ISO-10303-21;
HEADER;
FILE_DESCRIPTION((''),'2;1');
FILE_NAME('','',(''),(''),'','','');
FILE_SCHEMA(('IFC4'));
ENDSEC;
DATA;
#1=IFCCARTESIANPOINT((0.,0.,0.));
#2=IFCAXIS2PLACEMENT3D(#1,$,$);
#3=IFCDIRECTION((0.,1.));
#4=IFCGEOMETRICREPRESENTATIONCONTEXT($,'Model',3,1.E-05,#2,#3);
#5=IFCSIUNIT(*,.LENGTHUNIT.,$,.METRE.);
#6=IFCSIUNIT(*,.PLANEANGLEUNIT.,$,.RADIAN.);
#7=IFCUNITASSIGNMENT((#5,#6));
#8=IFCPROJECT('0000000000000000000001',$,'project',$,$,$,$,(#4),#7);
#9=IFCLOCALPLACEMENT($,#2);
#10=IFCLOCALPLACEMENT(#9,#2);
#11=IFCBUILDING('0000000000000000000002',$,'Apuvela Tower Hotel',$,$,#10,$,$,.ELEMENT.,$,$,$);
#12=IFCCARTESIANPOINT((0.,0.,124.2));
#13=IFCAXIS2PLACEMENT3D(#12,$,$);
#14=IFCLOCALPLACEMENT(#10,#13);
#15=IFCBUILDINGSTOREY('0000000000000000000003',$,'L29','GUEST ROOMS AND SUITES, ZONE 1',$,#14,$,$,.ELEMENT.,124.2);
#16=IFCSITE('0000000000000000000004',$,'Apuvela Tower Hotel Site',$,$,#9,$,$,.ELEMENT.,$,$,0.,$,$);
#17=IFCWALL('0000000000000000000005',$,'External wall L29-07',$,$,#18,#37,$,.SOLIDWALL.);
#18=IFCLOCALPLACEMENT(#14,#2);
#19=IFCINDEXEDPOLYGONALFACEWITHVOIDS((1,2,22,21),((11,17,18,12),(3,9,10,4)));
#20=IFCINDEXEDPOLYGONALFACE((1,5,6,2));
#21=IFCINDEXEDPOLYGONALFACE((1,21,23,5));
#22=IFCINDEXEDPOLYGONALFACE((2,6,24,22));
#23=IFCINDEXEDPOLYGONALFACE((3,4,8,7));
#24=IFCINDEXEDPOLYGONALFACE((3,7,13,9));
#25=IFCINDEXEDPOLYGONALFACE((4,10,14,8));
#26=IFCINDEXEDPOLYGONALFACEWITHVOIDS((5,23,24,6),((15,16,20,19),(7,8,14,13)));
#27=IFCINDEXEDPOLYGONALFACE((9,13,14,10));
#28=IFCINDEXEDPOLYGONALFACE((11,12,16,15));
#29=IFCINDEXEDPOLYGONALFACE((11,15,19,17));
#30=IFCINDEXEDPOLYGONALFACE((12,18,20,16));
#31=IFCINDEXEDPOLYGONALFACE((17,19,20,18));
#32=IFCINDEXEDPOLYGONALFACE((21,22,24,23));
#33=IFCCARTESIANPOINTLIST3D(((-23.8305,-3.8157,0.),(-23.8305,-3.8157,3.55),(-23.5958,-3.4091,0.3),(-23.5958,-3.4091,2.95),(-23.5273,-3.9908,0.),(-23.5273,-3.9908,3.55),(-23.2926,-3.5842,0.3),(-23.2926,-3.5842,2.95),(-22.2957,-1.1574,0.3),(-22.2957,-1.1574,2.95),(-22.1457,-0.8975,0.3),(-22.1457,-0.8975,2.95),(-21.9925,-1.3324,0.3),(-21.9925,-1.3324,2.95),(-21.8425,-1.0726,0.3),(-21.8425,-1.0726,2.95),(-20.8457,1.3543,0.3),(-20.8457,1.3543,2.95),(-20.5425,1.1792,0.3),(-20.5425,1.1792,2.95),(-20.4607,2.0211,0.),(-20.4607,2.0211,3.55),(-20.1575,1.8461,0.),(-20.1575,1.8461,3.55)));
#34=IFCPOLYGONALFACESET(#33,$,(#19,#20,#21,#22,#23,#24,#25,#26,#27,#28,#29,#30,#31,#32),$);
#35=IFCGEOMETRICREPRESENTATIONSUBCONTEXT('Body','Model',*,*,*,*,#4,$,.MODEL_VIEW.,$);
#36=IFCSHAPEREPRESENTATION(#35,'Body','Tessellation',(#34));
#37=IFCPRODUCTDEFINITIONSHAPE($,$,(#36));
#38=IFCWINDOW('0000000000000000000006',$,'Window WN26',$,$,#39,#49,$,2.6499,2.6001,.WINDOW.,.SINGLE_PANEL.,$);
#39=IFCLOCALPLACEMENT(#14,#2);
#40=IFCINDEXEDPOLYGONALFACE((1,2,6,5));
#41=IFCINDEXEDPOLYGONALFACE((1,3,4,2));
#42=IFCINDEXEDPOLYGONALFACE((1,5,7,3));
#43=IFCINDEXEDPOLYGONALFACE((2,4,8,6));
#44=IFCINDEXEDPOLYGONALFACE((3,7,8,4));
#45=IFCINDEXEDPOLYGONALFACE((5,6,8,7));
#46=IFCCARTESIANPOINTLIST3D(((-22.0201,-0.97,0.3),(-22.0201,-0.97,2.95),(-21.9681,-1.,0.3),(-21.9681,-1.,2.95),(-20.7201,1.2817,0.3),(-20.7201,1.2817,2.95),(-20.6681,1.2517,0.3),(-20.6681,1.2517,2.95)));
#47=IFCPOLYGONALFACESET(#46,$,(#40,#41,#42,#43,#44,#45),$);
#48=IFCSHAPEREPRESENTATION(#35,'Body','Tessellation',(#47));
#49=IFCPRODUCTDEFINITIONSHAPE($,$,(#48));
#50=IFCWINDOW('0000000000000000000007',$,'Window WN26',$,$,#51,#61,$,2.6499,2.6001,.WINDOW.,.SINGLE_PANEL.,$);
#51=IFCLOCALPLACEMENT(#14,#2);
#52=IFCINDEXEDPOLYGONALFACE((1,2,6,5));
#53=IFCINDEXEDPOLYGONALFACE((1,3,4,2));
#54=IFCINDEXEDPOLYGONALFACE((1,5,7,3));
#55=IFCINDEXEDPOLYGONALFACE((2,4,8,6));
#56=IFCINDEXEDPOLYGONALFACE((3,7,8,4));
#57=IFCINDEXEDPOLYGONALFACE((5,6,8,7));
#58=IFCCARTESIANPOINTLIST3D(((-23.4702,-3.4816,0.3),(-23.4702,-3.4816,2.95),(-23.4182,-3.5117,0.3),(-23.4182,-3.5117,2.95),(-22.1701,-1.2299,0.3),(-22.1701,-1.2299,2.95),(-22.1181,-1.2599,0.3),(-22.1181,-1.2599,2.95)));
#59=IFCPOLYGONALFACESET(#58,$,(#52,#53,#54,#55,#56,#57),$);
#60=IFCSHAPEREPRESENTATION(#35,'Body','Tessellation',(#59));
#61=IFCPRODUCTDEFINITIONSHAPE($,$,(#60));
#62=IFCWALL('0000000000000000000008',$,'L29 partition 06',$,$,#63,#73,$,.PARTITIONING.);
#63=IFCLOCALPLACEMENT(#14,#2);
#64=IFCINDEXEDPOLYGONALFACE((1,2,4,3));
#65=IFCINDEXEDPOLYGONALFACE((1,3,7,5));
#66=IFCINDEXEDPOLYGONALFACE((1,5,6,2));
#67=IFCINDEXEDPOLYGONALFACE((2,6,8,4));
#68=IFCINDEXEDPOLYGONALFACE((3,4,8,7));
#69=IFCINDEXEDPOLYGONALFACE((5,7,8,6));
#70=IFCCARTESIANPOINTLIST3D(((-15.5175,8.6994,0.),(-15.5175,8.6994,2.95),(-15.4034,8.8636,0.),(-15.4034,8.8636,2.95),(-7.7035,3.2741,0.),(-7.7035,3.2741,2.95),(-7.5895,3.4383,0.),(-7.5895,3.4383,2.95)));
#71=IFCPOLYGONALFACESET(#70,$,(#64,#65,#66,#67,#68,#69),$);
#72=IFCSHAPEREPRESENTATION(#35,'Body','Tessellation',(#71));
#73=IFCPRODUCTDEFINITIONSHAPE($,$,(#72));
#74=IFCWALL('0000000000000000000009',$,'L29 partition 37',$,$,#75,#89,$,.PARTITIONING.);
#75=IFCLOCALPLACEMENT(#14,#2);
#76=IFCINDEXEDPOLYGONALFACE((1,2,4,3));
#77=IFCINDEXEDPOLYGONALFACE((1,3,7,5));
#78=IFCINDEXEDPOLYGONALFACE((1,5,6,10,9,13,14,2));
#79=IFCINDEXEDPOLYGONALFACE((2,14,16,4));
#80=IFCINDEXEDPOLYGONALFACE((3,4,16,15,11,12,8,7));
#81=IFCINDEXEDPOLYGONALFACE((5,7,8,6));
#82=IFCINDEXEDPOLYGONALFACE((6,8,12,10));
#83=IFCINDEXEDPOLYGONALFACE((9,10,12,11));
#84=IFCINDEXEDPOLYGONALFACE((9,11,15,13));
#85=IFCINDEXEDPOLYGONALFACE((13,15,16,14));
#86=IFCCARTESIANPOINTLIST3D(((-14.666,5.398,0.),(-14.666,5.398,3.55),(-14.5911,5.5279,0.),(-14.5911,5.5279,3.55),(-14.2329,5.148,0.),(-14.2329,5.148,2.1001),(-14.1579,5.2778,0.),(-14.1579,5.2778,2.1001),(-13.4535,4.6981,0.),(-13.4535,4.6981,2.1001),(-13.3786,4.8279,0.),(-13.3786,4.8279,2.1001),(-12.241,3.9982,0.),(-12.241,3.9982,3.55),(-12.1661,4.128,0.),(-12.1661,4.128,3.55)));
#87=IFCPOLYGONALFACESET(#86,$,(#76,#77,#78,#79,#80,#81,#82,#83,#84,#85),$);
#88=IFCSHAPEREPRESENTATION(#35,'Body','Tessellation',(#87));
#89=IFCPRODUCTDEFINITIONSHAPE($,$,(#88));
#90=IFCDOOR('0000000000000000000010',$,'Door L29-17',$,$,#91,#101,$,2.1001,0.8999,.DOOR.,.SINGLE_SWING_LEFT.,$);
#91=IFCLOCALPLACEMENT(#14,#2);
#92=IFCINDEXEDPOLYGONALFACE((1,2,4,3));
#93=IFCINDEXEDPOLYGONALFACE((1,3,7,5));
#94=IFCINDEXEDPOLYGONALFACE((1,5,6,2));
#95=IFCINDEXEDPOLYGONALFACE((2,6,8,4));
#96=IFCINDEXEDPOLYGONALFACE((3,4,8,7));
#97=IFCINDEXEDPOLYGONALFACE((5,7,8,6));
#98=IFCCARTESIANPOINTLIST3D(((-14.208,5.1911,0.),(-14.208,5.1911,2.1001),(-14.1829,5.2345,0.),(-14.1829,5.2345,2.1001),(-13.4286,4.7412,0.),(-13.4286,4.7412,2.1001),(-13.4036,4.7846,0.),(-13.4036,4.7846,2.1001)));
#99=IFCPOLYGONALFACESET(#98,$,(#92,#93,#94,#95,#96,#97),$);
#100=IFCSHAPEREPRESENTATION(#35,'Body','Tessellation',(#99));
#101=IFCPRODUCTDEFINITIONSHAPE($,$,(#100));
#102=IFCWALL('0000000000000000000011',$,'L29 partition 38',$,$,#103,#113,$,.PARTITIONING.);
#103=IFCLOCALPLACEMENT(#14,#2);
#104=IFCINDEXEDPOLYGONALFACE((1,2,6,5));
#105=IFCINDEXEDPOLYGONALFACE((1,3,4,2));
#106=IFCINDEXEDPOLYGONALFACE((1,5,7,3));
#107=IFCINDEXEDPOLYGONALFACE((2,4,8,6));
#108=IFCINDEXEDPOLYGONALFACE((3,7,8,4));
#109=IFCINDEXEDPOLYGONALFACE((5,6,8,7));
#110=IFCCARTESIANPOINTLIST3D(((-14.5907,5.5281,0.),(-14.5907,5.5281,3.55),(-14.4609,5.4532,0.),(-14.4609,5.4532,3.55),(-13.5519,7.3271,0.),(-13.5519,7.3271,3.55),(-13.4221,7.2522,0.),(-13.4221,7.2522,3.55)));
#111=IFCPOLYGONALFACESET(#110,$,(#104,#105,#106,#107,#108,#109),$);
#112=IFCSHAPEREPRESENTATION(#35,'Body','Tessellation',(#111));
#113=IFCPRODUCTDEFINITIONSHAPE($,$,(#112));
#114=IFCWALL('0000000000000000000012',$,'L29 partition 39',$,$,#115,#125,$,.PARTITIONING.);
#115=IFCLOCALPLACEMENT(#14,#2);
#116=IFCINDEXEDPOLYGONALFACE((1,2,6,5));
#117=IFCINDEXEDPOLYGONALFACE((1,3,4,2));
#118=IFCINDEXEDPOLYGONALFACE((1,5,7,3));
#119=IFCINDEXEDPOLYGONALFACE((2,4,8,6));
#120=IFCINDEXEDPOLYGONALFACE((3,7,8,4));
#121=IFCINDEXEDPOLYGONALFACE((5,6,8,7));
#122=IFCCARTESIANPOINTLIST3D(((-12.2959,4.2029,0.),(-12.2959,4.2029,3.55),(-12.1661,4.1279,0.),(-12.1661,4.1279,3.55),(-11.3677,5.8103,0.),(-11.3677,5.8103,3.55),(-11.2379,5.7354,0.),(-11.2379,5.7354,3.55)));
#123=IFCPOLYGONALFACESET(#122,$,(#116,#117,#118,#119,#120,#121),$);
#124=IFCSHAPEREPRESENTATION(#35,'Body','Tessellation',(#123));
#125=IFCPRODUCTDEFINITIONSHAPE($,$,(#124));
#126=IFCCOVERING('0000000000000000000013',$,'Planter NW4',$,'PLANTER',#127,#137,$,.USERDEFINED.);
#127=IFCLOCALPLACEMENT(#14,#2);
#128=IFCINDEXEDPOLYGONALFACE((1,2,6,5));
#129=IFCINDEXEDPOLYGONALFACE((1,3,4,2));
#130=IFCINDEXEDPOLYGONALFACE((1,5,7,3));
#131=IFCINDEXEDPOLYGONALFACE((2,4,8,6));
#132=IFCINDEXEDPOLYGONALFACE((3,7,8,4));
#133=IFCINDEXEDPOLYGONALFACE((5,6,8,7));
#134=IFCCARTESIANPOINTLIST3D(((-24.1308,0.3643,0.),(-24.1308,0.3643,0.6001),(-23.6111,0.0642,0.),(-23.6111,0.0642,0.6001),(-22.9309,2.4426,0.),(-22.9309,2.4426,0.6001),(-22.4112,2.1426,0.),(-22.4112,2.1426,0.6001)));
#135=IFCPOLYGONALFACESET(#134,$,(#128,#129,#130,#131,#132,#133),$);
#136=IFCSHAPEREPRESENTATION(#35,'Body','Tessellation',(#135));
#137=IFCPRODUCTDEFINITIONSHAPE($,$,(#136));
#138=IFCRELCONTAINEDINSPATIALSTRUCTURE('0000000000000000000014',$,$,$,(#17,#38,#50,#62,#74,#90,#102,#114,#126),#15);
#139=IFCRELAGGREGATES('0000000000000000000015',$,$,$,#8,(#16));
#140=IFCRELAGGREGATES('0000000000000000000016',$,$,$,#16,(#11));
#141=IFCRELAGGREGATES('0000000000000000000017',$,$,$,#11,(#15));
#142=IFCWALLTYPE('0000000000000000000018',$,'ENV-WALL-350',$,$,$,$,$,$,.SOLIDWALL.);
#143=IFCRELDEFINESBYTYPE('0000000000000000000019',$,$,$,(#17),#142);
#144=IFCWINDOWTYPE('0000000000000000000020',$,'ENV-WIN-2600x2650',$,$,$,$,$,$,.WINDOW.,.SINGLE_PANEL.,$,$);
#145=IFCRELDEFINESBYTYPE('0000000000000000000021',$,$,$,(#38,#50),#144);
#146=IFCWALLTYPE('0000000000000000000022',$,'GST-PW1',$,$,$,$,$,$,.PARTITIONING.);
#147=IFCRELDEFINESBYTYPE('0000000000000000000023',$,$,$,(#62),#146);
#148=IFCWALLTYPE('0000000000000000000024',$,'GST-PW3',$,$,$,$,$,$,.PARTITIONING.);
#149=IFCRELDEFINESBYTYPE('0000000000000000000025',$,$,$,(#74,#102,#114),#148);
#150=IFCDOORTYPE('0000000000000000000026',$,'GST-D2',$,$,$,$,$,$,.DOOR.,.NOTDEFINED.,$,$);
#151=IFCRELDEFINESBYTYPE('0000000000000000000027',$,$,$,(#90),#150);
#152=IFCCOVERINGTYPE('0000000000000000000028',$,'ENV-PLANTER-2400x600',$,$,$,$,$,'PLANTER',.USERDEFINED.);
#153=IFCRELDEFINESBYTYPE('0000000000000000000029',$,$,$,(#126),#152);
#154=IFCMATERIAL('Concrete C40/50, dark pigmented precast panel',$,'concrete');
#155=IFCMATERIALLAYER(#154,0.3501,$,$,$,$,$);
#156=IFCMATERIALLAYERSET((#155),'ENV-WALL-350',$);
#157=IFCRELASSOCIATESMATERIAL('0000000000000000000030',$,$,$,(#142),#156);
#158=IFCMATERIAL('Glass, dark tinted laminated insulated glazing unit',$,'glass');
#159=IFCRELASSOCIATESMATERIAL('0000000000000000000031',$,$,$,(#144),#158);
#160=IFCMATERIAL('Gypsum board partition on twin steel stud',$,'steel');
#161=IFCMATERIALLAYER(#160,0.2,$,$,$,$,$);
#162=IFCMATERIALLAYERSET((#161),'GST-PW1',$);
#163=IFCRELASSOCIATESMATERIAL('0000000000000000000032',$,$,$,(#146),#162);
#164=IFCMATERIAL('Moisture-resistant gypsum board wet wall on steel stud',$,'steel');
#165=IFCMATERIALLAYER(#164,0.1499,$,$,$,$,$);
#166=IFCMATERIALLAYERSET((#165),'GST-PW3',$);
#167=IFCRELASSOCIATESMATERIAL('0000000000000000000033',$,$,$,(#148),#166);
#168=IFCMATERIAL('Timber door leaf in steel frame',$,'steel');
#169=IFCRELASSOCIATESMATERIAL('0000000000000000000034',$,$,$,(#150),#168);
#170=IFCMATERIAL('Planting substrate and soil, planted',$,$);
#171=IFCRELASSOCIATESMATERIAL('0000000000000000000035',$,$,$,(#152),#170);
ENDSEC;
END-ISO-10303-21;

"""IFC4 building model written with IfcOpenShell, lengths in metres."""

from ifc_helpers import new_model, si_unit, direction, frame, frame_2d, origin, origin_2d, place, context, subcontext, project, spatial, rectangle, extrude, material, layer, layer_set, type_object, element, fill, save


model = new_model("IFC4")

# Units and contexts
model_context = context("Model", 3, precision=1e-05, world=origin(), true_north=direction((0.0, 1.0)))
body_context = subcontext(model_context, "Body", "Model", "MODEL_VIEW")
ifc_project = project(units=[si_unit("LENGTHUNIT", "METRE"), si_unit("PLANEANGLEUNIT", "RADIAN")], contexts=[model_context])

# Site, building, storey
site_placement = place(None, origin())
site = spatial("IfcSite", under=ifc_project, at=site_placement, Name="Apuvela Tower Hotel Site", CompositionType="ELEMENT", RefElevation=0.0)
building_placement = place(site_placement, origin())
building = spatial("IfcBuilding", under=site, at=building_placement, Name="Apuvela Tower Hotel", CompositionType="ELEMENT")
storey_placement = place(building_placement, frame((0.0, 0.0, 124.2)))
storey = spatial("IfcBuildingStorey", under=building, at=storey_placement, Name="L29", Description="GUEST ROOMS AND SUITES, ZONE 1", CompositionType="ELEMENT", Elevation=124.2)

# Shared definitions
ifc_material_1 = material(Name="Concrete C40/50, dark pigmented precast panel", Category="concrete")
ifc_layer_1 = layer(ifc_material_1, 0.3501)
ifc_layer_set_1 = layer_set([ifc_layer_1], Name="ENV-WALL-350")
wall_type_1 = type_object("IfcWallType", Name="ENV-WALL-350", PredefinedType="SOLIDWALL", material=ifc_layer_set_1)

# Shared definitions
ifc_material_2 = material(Name="Glass, dark tinted laminated insulated glazing unit", Category="glass")

# Wall, openings, windows
wall_1_placement = place(storey_placement, frame((-20.3091, 1.9336, 0.0), z_axis=(0.0, 0.0, 1.0), x_axis=(-0.499992, -0.86603, 0.0)))
wall_1 = element("IfcWall", 1, at=wall_1_placement, inside=storey, type_object=wall_type_1, Name="External wall L29-07", PredefinedType="SOLIDWALL", context=body_context, shape_type="SweptSolid", body=[
    extrude(rectangle(XDim=6.7397, YDim=0.3501, at=frame_2d((3.3699, 0.0))), origin(), (0.0, 0.0, 1.0), 3.55),
])
opening_1_placement = place(wall_1_placement, frame((0.77, 0.0, 0.3)))
opening_1 = element("IfcOpeningElement", 2, at=opening_1_placement, cuts=wall_1, PredefinedType="OPENING", context=body_context, shape_type="SweptSolid", body=[
    extrude(rectangle(XDim=2.6001, YDim=2.6499, at=frame_2d((1.3, 1.325))), frame((0.0, 0.1851, 0.0), z_axis=(0.0, -1.0, 0.0), x_axis=(1.0, 0.0, 0.0)), (0.0, 0.0, 1.0), 0.3701),
])
opening_2_placement = place(wall_1_placement, frame((3.6702, 0.0, 0.3)))
opening_2 = element("IfcOpeningElement", 3, at=opening_2_placement, cuts=wall_1, PredefinedType="OPENING", context=body_context, shape_type="SweptSolid", body=[
    extrude(rectangle(XDim=2.6001, YDim=2.6499, at=frame_2d((1.3, 1.325))), frame((0.0, 0.1851, 0.0), z_axis=(0.0, -1.0, 0.0), x_axis=(1.0, 0.0, 0.0)), (0.0, 0.0, 1.0), 0.3701),
])
window_type_1 = type_object("IfcWindowType", Name="ENV-WIN-2600x2650", PartitioningType="SINGLE_PANEL", PredefinedType="WINDOW", material=ifc_material_2)
window_1_placement = place(opening_1_placement, origin())
window_1 = element("IfcWindow", 4, at=window_1_placement, inside=storey, type_object=window_type_1, Name="Window WN26", OverallHeight=2.6499, OverallWidth=2.6001, PartitioningType="SINGLE_PANEL", PredefinedType="WINDOW", context=body_context, shape_type="SweptSolid", body=[
    extrude(rectangle(XDim=2.6001, YDim=2.6499, at=frame_2d((1.3, 1.325))), frame((0.0, 0.03, 0.0), z_axis=(0.0, -1.0, 0.0), x_axis=(1.0, 0.0, 0.0)), (0.0, 0.0, 1.0), 0.0601),
])
fill(opening_1, window_1)
window_2_placement = place(opening_2_placement, origin())
window_2 = element("IfcWindow", 5, at=window_2_placement, inside=storey, type_object=window_type_1, Name="Window WN26", OverallHeight=2.6499, OverallWidth=2.6001, PartitioningType="SINGLE_PANEL", PredefinedType="WINDOW", context=body_context, shape_type="SweptSolid", body=[
    extrude(rectangle(XDim=2.6001, YDim=2.6499, at=frame_2d((1.3, 1.325))), frame((0.0, 0.03, 0.0), z_axis=(0.0, -1.0, 0.0), x_axis=(1.0, 0.0, 0.0)), (0.0, 0.0, 1.0), 0.0601),
])
fill(opening_2, window_2)

# Wall
ifc_material_3 = material(Name="Gypsum board partition on twin steel stud", Category="steel")
ifc_layer_2 = layer(ifc_material_3, 0.2)
ifc_layer_set_2 = layer_set([ifc_layer_2], Name="GST-PW1")
wall_type_2 = type_object("IfcWallType", Name="GST-PW1", PredefinedType="PARTITIONING", material=ifc_layer_set_2)
wall_2_placement = place(storey_placement, frame((-15.4604, 8.7815, 0.0), z_axis=(0.0, 0.0, 1.0), x_axis=(0.821423, -0.57032, 0.0)))
element("IfcWall", 6, at=wall_2_placement, inside=storey, type_object=wall_type_2, Name="L29 partition 06", PredefinedType="PARTITIONING", context=body_context, shape_type="SweptSolid", body=[
    extrude(rectangle(XDim=9.5127, YDim=0.2, at=frame_2d((4.7563, 0.0))), origin(), (0.0, 0.0, 1.0), 2.95),
])

# Wall, opening, door
ifc_material_4 = material(Name="Moisture-resistant gypsum board wet wall on steel stud", Category="steel")
ifc_layer_3 = layer(ifc_material_4, 0.1499)
ifc_layer_set_3 = layer_set([ifc_layer_3], Name="GST-PW3")
wall_type_3 = type_object("IfcWallType", Name="GST-PW3", PredefinedType="PARTITIONING", material=ifc_layer_set_3)
wall_3_placement = place(storey_placement, frame((-14.6284, 5.4629, 0.0), z_axis=(0.0, 0.0, 1.0), x_axis=(0.866056, -0.499946, 0.0)))
wall_3 = element("IfcWall", 7, at=wall_3_placement, inside=storey, type_object=wall_type_3, Name="L29 partition 37", PredefinedType="PARTITIONING", context=body_context, shape_type="SweptSolid", body=[
    extrude(rectangle(XDim=2.8, YDim=0.1499, at=frame_2d((1.3999, 0.0))), origin(), (0.0, 0.0, 1.0), 3.55),
])
opening_3_placement = place(wall_3_placement, frame((0.5, 0.0, 0.0)))
opening_3 = element("IfcOpeningElement", 8, at=opening_3_placement, cuts=wall_3, PredefinedType="OPENING", context=body_context, shape_type="SweptSolid", body=[
    extrude(rectangle(XDim=0.8999, YDim=2.1001, at=frame_2d((0.45, 1.05))), frame((0.0, 0.085, 0.0), z_axis=(0.0, -1.0, 0.0), x_axis=(1.0, 0.0, 0.0)), (0.0, 0.0, 1.0), 0.1699),
])
ifc_material_5 = material(Name="Timber door leaf in steel frame", Category="steel")
door_type_1 = type_object("IfcDoorType", Name="GST-D2", OperationType="NOTDEFINED", PredefinedType="DOOR", material=ifc_material_5)
door_1_placement = place(opening_3_placement, origin())
door_1 = element("IfcDoor", 9, at=door_1_placement, inside=storey, type_object=door_type_1, Name="Door L29-17", OperationType="SINGLE_SWING_LEFT", OverallHeight=2.1001, OverallWidth=0.8999, PredefinedType="DOOR", context=body_context, shape_type="SweptSolid", body=[
    extrude(rectangle(XDim=0.8999, YDim=2.1001, at=frame_2d((0.45, 1.05))), frame((0.0, 0.0249, 0.0), z_axis=(0.0, -1.0, 0.0), x_axis=(1.0, 0.0, 0.0)), (0.0, 0.0, 1.0), 0.05),
])
fill(opening_3, door_1)

# Walls
wall_4_placement = place(storey_placement, frame((-13.4871, 7.2896, 0.0), z_axis=(0.0, 0.0, 1.0), x_axis=(-0.500045, -0.866, 0.0)))
element("IfcWall", 10, at=wall_4_placement, inside=storey, type_object=wall_type_3, Name="L29 partition 38", PredefinedType="PARTITIONING", context=body_context, shape_type="SweptSolid", body=[
    extrude(rectangle(XDim=2.0774, YDim=0.1499, at=frame_2d((1.0386, 0.0))), origin(), (0.0, 0.0, 1.0), 3.55),
])
wall_5_placement = place(storey_placement, frame((-11.3027, 5.7729, 0.0), z_axis=(0.0, 0.0, 1.0), x_axis=(-0.500072, -0.865984, 0.0)))
element("IfcWall", 11, at=wall_5_placement, inside=storey, type_object=wall_type_3, Name="L29 partition 39", PredefinedType="PARTITIONING", context=body_context, shape_type="SweptSolid", body=[
    extrude(rectangle(XDim=1.8562, YDim=0.1499, at=frame_2d((0.9282, 0.0))), origin(), (0.0, 0.0, 1.0), 3.55),
])

# Covering
ifc_material_6 = material(Name="Planting substrate and soil, planted")
covering_type = type_object("IfcCoveringType", Name="ENV-PLANTER-2400x600", ElementType="PLANTER", PredefinedType="USERDEFINED", material=ifc_material_6)
covering_placement = place(storey_placement, frame((-23.271, 1.2534, 0.0), z_axis=(0.0, 0.0, 1.0), x_axis=(-0.5, -0.866025, 0.0)))
element("IfcCovering", 12, at=covering_placement, inside=storey, type_object=covering_type, Name="Planter NW4", ObjectType="PLANTER", PredefinedType="USERDEFINED", context=body_context, shape_type="SweptSolid", body=[
    extrude(rectangle(XDim=2.3999, YDim=0.6001, at=origin_2d()), origin(), (0.0, 0.0, 1.0), 0.6001),
])

save(model, "model.ifc")
